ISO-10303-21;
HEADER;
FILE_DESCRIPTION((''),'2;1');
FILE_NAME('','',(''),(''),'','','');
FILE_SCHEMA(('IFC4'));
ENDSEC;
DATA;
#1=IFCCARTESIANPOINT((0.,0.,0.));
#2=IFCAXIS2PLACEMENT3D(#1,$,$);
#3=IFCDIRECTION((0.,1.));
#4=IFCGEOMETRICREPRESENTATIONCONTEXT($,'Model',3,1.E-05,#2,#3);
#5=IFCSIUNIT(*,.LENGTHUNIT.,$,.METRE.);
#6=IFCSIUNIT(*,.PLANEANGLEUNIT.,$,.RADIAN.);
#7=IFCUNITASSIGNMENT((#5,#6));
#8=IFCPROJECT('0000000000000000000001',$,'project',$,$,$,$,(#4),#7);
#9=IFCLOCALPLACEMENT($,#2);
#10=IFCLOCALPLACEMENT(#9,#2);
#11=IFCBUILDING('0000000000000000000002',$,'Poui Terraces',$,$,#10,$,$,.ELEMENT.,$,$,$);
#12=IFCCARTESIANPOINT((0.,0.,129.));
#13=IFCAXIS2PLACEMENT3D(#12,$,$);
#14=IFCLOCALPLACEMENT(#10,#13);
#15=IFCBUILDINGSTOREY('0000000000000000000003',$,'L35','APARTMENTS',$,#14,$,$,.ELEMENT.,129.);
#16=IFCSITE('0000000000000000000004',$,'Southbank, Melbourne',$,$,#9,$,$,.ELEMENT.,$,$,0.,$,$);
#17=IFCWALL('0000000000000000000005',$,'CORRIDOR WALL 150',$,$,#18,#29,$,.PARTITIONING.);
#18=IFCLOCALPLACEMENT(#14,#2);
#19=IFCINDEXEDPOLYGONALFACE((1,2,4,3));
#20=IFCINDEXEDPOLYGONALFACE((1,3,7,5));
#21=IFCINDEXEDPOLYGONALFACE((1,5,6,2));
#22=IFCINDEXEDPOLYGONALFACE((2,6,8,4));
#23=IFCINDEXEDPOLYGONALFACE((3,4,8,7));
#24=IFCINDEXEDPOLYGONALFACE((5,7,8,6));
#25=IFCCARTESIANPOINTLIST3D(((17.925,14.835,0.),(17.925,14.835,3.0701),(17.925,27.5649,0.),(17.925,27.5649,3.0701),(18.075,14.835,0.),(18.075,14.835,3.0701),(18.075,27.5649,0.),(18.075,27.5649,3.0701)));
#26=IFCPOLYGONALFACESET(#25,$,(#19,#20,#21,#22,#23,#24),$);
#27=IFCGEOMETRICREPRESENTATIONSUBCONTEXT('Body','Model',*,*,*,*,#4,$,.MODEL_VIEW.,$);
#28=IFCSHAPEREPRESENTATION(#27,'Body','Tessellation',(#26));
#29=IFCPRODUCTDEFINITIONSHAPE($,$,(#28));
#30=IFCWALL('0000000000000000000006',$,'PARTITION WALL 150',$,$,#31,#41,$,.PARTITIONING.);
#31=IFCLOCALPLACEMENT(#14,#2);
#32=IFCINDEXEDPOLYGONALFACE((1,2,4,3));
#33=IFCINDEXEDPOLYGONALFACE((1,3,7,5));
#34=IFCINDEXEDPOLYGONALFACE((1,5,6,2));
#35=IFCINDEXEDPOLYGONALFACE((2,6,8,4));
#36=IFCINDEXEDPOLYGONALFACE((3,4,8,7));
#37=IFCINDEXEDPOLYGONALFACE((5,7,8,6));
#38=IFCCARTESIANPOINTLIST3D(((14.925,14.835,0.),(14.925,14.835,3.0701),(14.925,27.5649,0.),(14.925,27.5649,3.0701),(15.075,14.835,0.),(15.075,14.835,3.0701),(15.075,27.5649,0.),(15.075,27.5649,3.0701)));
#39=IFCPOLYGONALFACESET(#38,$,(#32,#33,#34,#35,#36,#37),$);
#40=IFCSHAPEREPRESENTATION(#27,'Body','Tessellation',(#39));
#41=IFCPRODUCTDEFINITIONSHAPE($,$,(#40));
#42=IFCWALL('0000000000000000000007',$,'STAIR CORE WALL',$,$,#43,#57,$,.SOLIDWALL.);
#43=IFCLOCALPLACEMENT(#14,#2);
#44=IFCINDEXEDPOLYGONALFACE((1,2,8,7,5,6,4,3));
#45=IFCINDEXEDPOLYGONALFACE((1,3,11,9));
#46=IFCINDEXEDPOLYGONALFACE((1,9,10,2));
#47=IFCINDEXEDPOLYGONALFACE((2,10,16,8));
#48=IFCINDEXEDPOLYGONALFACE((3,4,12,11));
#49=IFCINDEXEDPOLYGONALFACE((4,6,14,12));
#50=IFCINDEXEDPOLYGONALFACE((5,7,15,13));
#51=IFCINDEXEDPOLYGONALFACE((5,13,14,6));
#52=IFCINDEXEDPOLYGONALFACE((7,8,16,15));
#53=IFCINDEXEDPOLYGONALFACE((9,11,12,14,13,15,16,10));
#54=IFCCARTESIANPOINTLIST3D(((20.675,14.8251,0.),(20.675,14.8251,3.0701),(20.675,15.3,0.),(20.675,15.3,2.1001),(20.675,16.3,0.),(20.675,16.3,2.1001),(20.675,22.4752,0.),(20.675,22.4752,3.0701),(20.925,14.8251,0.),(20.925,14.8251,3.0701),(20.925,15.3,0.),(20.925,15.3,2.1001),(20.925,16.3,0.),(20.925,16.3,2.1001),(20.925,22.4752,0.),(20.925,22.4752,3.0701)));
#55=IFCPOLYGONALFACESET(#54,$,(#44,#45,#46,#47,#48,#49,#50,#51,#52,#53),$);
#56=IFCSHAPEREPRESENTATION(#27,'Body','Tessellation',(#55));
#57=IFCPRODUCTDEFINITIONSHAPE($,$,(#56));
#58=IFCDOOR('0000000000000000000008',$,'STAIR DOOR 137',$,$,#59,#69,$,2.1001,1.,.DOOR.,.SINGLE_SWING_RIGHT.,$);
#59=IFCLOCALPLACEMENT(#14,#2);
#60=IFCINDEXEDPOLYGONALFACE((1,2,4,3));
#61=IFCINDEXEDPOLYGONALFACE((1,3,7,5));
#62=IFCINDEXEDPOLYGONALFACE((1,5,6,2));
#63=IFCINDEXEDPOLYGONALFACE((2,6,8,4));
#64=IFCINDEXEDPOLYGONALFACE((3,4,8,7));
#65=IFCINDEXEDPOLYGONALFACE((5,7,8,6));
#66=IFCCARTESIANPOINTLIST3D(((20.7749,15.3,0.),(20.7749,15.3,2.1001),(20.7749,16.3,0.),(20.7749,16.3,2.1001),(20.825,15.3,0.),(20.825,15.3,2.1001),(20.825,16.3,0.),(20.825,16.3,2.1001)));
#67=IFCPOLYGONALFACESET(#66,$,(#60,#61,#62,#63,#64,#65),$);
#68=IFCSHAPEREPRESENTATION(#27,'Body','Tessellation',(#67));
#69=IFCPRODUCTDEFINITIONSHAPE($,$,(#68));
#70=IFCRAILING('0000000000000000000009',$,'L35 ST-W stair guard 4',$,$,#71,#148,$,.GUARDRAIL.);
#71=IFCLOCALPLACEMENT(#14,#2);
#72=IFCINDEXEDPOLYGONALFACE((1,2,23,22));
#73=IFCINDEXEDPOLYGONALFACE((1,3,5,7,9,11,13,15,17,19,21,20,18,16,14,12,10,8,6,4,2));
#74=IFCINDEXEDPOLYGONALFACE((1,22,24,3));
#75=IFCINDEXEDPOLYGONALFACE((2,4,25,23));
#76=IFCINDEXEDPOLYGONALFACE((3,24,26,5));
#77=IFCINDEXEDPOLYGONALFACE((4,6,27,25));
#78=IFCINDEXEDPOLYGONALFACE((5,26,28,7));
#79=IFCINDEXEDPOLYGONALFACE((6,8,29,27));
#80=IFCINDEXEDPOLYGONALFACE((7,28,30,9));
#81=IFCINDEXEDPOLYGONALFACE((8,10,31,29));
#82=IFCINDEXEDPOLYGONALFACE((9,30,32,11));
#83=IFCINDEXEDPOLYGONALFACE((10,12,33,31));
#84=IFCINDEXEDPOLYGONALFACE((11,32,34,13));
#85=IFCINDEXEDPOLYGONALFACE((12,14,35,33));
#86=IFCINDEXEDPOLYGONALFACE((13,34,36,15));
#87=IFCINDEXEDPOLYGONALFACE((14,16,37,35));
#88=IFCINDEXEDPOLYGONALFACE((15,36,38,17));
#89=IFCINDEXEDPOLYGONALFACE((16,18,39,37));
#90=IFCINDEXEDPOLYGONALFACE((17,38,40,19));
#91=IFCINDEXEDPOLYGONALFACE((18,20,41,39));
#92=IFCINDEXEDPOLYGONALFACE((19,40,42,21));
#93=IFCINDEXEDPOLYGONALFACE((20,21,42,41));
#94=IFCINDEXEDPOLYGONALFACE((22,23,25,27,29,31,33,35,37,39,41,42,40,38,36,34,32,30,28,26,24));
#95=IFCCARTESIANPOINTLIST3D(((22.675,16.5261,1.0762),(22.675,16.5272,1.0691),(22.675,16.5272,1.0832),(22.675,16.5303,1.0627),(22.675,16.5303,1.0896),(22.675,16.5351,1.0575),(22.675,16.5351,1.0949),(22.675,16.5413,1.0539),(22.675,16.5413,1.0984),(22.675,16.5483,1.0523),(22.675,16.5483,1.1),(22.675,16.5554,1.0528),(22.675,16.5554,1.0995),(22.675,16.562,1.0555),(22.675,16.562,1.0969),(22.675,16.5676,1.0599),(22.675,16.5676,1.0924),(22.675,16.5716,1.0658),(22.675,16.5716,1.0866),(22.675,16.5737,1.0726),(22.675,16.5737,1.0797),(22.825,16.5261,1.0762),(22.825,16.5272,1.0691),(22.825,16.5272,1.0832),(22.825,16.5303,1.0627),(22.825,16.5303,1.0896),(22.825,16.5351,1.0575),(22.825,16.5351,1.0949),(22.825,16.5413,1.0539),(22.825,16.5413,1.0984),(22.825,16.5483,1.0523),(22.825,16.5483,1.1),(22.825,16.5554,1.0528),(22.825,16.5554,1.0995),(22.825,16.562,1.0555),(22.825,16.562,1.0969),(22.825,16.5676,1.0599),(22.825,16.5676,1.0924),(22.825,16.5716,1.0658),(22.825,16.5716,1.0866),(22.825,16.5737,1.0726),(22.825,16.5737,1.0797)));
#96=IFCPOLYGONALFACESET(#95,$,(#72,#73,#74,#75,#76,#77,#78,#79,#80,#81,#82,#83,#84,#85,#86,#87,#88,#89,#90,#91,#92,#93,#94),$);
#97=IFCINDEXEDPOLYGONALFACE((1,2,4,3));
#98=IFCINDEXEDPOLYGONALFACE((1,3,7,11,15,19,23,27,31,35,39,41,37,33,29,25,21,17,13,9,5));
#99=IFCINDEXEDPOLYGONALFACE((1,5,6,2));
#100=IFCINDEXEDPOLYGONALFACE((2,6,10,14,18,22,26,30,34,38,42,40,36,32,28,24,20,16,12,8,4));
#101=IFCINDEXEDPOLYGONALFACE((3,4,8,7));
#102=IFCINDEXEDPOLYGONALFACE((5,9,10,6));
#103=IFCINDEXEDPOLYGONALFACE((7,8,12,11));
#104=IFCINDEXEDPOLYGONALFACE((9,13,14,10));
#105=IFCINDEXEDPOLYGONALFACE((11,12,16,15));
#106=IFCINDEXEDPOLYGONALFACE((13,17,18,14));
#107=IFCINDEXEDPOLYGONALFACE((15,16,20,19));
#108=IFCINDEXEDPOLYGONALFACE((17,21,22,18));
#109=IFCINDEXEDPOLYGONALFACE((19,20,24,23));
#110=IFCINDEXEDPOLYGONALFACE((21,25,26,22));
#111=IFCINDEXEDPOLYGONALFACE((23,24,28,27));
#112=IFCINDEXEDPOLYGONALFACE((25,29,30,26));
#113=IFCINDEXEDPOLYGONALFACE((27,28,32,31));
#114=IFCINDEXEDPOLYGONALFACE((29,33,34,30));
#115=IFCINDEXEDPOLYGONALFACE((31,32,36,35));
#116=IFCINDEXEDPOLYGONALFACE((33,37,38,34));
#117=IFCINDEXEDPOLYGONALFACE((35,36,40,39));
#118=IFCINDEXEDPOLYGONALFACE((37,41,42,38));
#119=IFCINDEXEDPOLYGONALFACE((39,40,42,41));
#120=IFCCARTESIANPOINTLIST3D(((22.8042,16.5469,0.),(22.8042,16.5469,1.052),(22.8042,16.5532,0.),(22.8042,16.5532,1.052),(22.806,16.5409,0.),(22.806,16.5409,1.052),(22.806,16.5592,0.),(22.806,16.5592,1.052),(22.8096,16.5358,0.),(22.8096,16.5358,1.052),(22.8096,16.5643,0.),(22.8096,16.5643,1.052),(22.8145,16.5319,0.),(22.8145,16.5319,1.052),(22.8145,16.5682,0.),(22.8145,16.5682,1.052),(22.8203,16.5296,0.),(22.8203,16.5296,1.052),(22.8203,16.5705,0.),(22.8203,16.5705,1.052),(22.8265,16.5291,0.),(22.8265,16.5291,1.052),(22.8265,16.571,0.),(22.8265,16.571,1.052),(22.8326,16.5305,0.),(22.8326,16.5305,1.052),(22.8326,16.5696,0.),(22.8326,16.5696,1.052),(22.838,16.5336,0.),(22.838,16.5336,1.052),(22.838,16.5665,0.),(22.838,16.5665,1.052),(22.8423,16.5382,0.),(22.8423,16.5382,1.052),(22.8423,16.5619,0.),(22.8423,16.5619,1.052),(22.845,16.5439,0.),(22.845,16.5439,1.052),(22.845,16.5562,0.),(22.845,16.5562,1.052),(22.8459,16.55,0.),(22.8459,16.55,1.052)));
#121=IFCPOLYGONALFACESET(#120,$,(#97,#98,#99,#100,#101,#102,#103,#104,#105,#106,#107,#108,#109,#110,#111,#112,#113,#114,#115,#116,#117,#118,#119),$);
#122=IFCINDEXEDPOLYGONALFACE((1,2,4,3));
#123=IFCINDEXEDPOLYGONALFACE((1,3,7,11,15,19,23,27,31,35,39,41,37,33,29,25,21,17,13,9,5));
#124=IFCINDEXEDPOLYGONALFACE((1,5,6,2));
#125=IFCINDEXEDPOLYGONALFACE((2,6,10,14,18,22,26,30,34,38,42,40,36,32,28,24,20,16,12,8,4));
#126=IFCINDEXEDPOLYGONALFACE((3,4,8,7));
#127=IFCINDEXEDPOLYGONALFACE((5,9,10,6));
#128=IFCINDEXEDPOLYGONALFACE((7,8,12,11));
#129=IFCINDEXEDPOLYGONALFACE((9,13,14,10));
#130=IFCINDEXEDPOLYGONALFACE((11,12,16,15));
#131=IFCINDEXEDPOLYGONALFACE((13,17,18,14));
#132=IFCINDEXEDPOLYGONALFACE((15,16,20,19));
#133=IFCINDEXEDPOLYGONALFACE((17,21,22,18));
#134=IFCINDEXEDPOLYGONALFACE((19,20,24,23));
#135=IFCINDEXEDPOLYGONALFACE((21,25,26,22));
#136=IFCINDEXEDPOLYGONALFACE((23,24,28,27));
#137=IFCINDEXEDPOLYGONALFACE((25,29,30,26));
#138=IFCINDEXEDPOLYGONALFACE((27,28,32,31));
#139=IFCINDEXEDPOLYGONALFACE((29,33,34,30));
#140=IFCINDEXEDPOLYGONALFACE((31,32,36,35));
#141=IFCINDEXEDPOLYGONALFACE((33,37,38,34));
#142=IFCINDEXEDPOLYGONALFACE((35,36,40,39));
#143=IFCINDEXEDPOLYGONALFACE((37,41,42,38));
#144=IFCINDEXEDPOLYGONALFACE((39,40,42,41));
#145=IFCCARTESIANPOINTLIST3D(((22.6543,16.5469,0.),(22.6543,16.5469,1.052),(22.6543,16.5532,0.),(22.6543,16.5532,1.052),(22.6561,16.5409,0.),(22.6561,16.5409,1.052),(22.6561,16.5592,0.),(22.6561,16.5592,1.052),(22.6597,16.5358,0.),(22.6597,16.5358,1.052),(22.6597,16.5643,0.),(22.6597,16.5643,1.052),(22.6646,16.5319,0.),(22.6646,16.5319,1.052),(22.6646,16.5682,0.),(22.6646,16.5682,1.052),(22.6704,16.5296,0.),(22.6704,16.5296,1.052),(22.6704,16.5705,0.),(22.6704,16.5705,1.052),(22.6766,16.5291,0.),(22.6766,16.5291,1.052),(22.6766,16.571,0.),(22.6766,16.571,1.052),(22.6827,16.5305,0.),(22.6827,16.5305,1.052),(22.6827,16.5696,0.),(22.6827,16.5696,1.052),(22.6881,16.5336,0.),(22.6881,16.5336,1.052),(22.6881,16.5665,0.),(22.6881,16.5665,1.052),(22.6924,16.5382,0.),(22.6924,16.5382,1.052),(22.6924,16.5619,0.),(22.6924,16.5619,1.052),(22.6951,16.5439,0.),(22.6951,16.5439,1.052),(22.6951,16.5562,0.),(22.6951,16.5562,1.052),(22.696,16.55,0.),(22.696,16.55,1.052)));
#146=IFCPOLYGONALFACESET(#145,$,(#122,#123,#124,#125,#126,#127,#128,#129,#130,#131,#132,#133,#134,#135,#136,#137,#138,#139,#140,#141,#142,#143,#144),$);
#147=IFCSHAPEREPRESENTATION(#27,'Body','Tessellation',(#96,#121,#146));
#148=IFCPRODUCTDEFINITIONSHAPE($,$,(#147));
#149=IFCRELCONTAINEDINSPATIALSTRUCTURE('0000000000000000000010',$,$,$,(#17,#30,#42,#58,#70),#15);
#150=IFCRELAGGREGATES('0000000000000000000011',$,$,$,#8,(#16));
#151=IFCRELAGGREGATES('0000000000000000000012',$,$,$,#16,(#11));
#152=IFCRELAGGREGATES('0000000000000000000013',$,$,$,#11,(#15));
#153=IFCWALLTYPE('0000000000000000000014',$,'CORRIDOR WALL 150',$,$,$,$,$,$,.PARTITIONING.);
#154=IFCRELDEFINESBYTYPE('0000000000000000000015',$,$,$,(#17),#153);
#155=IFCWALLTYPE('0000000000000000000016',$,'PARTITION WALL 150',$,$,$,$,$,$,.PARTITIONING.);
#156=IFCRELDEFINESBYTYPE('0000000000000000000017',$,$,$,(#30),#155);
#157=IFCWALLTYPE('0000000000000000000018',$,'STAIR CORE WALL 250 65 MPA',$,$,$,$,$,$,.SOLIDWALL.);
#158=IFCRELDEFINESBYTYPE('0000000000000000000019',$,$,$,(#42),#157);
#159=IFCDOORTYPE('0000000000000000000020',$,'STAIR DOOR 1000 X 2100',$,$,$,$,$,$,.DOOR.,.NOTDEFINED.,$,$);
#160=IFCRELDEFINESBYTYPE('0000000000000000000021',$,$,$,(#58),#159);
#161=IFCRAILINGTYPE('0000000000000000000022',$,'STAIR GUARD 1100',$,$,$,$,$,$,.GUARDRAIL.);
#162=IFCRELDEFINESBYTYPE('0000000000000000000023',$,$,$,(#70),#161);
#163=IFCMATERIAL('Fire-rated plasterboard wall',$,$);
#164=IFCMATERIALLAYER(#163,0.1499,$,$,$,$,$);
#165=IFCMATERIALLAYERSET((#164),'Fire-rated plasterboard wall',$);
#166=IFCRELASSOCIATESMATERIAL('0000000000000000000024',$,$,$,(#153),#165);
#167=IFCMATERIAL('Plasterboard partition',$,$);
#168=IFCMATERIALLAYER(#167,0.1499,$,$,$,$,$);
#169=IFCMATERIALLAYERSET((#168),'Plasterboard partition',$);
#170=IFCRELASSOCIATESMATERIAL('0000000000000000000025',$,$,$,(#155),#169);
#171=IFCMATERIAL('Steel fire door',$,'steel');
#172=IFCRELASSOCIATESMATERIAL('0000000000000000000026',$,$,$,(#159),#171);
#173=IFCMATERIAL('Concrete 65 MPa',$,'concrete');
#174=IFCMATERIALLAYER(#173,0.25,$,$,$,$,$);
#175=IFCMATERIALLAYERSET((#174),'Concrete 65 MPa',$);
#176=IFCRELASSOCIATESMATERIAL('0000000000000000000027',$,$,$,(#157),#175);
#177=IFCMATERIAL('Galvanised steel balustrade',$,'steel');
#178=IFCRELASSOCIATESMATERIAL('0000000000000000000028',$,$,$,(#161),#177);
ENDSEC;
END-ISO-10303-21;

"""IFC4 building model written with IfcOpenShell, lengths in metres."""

from ifc_helpers import new_model, si_unit, direction, frame, frame_2d, origin, origin_2d, place, context, subcontext, project, spatial, rectangle, circle, extrude, material, layer, layer_set, type_object, element, fill, save


model = new_model("IFC4")

# Units and contexts
model_context = context("Model", 3, precision=1e-05, world=origin(), true_north=direction((0.0, 1.0)))
body_context = subcontext(model_context, "Body", "Model", "MODEL_VIEW")
ifc_project = project(units=[si_unit("LENGTHUNIT", "METRE"), si_unit("PLANEANGLEUNIT", "RADIAN")], contexts=[model_context])

# Site, building, storey
site_placement = place(None, origin())
site = spatial("IfcSite", under=ifc_project, at=site_placement, Name="Southbank, Melbourne", CompositionType="ELEMENT", RefElevation=0.0)
building_placement = place(site_placement, origin())
building = spatial("IfcBuilding", under=site, at=building_placement, Name="Poui Terraces", CompositionType="ELEMENT")
storey_placement = place(building_placement, frame((0.0, 0.0, 129.0)))
storey = spatial("IfcBuildingStorey", under=building, at=storey_placement, Name="L35", Description="APARTMENTS", CompositionType="ELEMENT", Elevation=129.0)

# Walls
ifc_material_1 = material(Name="Fire-rated plasterboard wall")
ifc_layer_1 = layer(ifc_material_1, 0.1499)
ifc_layer_set_1 = layer_set([ifc_layer_1], Name="Fire-rated plasterboard wall")
wall_type_1 = type_object("IfcWallType", Name="CORRIDOR WALL 150", PredefinedType="PARTITIONING", material=ifc_layer_set_1)
wall_1_placement = place(storey_placement, frame((18.0, 14.835, 0.0), z_axis=(0.0, 0.0, 1.0), x_axis=(0.0, 1.0, 0.0)))
element("IfcWall", 1, at=wall_1_placement, inside=storey, type_object=wall_type_1, Name="CORRIDOR WALL 150", PredefinedType="PARTITIONING", context=body_context, shape_type="SweptSolid", body=[
    extrude(rectangle(XDim=12.73, YDim=0.1499, at=frame_2d((6.365, 0.0))), origin(), (0.0, 0.0, 1.0), 3.0701),
])
ifc_material_2 = material(Name="Plasterboard partition")
ifc_layer_2 = layer(ifc_material_2, 0.1499)
ifc_layer_set_2 = layer_set([ifc_layer_2], Name="Plasterboard partition")
wall_type_2 = type_object("IfcWallType", Name="PARTITION WALL 150", PredefinedType="PARTITIONING", material=ifc_layer_set_2)
wall_2_placement = place(storey_placement, frame((15.0, 14.835, 0.0), z_axis=(0.0, 0.0, 1.0), x_axis=(0.0, 1.0, 0.0)))
element("IfcWall", 2, at=wall_2_placement, inside=storey, type_object=wall_type_2, Name="PARTITION WALL 150", PredefinedType="PARTITIONING", context=body_context, shape_type="SweptSolid", body=[
    extrude(rectangle(XDim=12.73, YDim=0.1499, at=frame_2d((6.365, 0.0))), origin(), (0.0, 0.0, 1.0), 3.0701),
])

# Shared definitions
ifc_material_3 = material(Name="Concrete 65 MPa", Category="concrete")
ifc_material_4 = material(Name="Steel fire door", Category="steel")
door_type_1 = type_object("IfcDoorType", Name="STAIR DOOR 1000 X 2100", OperationType="NOTDEFINED", PredefinedType="DOOR", material=ifc_material_4)

# Wall, opening, door
ifc_layer_3 = layer(ifc_material_3, 0.25)
ifc_layer_set_3 = layer_set([ifc_layer_3], Name="Concrete 65 MPa")
wall_type_3 = type_object("IfcWallType", Name="STAIR CORE WALL 250 65 MPA", PredefinedType="SOLIDWALL", material=ifc_layer_set_3)
wall_3_placement = place(storey_placement, frame((20.8, 14.825, 0.0), z_axis=(0.0, 0.0, 1.0), x_axis=(0.0, 1.0, 0.0)))
wall_3 = element("IfcWall", 3, at=wall_3_placement, inside=storey, type_object=wall_type_3, Name="STAIR CORE WALL", PredefinedType="SOLIDWALL", context=body_context, shape_type="SweptSolid", body=[
    extrude(rectangle(XDim=7.6501, YDim=0.25, at=frame_2d((3.8252, 0.0))), origin(), (0.0, 0.0, 1.0), 3.0701),
])
opening_1_placement = place(wall_3_placement, frame((0.4751, 0.0, 0.0)))
opening_1 = element("IfcOpeningElement", 4, at=opening_1_placement, cuts=wall_3, PredefinedType="OPENING", context=body_context, shape_type="SweptSolid", body=[
    extrude(rectangle(XDim=1.0, YDim=2.1001, at=frame_2d((0.5, 1.05))), frame((0.0, 0.135, 0.0), z_axis=(0.0, -1.0, 0.0), x_axis=(1.0, 0.0, 0.0)), (0.0, 0.0, 1.0), 0.27),
])
door_1_placement = place(opening_1_placement, frame((1.0, 0.0, 0.0), z_axis=(0.0, 0.0, 1.0), x_axis=(-1.0, 0.0, 0.0)))
door_1 = element("IfcDoor", 5, at=door_1_placement, inside=storey, type_object=door_type_1, Name="STAIR DOOR 137", OperationType="SINGLE_SWING_RIGHT", OverallHeight=2.1001, OverallWidth=1.0, PredefinedType="DOOR", context=body_context, shape_type="SweptSolid", body=[
    extrude(rectangle(XDim=1.0, YDim=2.1001, at=frame_2d((0.5, 1.05))), frame((0.0, 0.0249, 0.0), z_axis=(0.0, -1.0, 0.0), x_axis=(1.0, 0.0, 0.0)), (0.0, 0.0, 1.0), 0.05),
])
fill(opening_1, door_1)

# Railing
ifc_material_5 = material(Name="Galvanised steel balustrade", Category="steel")
railing_type = type_object("IfcRailingType", Name="STAIR GUARD 1100", PredefinedType="GUARDRAIL", material=ifc_material_5)
railing_placement = place(storey_placement, frame((22.825, 16.55, 0.0)))
element("IfcRailing", 6, at=railing_placement, inside=storey, type_object=railing_type, Name="L35 ST-W stair guard 4", PredefinedType="GUARDRAIL", context=body_context, shape_type="SweptSolid", body=[
    extrude(circle(Radius=0.0239, at=origin_2d()), frame((0.0, 0.0, 1.0762), z_axis=(-1.0, 0.0, 0.0), x_axis=(0.0, -1.0, 0.0)), (0.0, 0.0, 1.0), 0.1499),
    extrude(circle(Radius=0.021, at=origin_2d()), origin(), (0.0, 0.0, 1.0), 1.052),
    extrude(circle(Radius=0.021, at=origin_2d()), frame((-0.1499, 0.0, 0.0)), (0.0, 0.0, 1.0), 1.052),
])

save(model, "model.ifc")
